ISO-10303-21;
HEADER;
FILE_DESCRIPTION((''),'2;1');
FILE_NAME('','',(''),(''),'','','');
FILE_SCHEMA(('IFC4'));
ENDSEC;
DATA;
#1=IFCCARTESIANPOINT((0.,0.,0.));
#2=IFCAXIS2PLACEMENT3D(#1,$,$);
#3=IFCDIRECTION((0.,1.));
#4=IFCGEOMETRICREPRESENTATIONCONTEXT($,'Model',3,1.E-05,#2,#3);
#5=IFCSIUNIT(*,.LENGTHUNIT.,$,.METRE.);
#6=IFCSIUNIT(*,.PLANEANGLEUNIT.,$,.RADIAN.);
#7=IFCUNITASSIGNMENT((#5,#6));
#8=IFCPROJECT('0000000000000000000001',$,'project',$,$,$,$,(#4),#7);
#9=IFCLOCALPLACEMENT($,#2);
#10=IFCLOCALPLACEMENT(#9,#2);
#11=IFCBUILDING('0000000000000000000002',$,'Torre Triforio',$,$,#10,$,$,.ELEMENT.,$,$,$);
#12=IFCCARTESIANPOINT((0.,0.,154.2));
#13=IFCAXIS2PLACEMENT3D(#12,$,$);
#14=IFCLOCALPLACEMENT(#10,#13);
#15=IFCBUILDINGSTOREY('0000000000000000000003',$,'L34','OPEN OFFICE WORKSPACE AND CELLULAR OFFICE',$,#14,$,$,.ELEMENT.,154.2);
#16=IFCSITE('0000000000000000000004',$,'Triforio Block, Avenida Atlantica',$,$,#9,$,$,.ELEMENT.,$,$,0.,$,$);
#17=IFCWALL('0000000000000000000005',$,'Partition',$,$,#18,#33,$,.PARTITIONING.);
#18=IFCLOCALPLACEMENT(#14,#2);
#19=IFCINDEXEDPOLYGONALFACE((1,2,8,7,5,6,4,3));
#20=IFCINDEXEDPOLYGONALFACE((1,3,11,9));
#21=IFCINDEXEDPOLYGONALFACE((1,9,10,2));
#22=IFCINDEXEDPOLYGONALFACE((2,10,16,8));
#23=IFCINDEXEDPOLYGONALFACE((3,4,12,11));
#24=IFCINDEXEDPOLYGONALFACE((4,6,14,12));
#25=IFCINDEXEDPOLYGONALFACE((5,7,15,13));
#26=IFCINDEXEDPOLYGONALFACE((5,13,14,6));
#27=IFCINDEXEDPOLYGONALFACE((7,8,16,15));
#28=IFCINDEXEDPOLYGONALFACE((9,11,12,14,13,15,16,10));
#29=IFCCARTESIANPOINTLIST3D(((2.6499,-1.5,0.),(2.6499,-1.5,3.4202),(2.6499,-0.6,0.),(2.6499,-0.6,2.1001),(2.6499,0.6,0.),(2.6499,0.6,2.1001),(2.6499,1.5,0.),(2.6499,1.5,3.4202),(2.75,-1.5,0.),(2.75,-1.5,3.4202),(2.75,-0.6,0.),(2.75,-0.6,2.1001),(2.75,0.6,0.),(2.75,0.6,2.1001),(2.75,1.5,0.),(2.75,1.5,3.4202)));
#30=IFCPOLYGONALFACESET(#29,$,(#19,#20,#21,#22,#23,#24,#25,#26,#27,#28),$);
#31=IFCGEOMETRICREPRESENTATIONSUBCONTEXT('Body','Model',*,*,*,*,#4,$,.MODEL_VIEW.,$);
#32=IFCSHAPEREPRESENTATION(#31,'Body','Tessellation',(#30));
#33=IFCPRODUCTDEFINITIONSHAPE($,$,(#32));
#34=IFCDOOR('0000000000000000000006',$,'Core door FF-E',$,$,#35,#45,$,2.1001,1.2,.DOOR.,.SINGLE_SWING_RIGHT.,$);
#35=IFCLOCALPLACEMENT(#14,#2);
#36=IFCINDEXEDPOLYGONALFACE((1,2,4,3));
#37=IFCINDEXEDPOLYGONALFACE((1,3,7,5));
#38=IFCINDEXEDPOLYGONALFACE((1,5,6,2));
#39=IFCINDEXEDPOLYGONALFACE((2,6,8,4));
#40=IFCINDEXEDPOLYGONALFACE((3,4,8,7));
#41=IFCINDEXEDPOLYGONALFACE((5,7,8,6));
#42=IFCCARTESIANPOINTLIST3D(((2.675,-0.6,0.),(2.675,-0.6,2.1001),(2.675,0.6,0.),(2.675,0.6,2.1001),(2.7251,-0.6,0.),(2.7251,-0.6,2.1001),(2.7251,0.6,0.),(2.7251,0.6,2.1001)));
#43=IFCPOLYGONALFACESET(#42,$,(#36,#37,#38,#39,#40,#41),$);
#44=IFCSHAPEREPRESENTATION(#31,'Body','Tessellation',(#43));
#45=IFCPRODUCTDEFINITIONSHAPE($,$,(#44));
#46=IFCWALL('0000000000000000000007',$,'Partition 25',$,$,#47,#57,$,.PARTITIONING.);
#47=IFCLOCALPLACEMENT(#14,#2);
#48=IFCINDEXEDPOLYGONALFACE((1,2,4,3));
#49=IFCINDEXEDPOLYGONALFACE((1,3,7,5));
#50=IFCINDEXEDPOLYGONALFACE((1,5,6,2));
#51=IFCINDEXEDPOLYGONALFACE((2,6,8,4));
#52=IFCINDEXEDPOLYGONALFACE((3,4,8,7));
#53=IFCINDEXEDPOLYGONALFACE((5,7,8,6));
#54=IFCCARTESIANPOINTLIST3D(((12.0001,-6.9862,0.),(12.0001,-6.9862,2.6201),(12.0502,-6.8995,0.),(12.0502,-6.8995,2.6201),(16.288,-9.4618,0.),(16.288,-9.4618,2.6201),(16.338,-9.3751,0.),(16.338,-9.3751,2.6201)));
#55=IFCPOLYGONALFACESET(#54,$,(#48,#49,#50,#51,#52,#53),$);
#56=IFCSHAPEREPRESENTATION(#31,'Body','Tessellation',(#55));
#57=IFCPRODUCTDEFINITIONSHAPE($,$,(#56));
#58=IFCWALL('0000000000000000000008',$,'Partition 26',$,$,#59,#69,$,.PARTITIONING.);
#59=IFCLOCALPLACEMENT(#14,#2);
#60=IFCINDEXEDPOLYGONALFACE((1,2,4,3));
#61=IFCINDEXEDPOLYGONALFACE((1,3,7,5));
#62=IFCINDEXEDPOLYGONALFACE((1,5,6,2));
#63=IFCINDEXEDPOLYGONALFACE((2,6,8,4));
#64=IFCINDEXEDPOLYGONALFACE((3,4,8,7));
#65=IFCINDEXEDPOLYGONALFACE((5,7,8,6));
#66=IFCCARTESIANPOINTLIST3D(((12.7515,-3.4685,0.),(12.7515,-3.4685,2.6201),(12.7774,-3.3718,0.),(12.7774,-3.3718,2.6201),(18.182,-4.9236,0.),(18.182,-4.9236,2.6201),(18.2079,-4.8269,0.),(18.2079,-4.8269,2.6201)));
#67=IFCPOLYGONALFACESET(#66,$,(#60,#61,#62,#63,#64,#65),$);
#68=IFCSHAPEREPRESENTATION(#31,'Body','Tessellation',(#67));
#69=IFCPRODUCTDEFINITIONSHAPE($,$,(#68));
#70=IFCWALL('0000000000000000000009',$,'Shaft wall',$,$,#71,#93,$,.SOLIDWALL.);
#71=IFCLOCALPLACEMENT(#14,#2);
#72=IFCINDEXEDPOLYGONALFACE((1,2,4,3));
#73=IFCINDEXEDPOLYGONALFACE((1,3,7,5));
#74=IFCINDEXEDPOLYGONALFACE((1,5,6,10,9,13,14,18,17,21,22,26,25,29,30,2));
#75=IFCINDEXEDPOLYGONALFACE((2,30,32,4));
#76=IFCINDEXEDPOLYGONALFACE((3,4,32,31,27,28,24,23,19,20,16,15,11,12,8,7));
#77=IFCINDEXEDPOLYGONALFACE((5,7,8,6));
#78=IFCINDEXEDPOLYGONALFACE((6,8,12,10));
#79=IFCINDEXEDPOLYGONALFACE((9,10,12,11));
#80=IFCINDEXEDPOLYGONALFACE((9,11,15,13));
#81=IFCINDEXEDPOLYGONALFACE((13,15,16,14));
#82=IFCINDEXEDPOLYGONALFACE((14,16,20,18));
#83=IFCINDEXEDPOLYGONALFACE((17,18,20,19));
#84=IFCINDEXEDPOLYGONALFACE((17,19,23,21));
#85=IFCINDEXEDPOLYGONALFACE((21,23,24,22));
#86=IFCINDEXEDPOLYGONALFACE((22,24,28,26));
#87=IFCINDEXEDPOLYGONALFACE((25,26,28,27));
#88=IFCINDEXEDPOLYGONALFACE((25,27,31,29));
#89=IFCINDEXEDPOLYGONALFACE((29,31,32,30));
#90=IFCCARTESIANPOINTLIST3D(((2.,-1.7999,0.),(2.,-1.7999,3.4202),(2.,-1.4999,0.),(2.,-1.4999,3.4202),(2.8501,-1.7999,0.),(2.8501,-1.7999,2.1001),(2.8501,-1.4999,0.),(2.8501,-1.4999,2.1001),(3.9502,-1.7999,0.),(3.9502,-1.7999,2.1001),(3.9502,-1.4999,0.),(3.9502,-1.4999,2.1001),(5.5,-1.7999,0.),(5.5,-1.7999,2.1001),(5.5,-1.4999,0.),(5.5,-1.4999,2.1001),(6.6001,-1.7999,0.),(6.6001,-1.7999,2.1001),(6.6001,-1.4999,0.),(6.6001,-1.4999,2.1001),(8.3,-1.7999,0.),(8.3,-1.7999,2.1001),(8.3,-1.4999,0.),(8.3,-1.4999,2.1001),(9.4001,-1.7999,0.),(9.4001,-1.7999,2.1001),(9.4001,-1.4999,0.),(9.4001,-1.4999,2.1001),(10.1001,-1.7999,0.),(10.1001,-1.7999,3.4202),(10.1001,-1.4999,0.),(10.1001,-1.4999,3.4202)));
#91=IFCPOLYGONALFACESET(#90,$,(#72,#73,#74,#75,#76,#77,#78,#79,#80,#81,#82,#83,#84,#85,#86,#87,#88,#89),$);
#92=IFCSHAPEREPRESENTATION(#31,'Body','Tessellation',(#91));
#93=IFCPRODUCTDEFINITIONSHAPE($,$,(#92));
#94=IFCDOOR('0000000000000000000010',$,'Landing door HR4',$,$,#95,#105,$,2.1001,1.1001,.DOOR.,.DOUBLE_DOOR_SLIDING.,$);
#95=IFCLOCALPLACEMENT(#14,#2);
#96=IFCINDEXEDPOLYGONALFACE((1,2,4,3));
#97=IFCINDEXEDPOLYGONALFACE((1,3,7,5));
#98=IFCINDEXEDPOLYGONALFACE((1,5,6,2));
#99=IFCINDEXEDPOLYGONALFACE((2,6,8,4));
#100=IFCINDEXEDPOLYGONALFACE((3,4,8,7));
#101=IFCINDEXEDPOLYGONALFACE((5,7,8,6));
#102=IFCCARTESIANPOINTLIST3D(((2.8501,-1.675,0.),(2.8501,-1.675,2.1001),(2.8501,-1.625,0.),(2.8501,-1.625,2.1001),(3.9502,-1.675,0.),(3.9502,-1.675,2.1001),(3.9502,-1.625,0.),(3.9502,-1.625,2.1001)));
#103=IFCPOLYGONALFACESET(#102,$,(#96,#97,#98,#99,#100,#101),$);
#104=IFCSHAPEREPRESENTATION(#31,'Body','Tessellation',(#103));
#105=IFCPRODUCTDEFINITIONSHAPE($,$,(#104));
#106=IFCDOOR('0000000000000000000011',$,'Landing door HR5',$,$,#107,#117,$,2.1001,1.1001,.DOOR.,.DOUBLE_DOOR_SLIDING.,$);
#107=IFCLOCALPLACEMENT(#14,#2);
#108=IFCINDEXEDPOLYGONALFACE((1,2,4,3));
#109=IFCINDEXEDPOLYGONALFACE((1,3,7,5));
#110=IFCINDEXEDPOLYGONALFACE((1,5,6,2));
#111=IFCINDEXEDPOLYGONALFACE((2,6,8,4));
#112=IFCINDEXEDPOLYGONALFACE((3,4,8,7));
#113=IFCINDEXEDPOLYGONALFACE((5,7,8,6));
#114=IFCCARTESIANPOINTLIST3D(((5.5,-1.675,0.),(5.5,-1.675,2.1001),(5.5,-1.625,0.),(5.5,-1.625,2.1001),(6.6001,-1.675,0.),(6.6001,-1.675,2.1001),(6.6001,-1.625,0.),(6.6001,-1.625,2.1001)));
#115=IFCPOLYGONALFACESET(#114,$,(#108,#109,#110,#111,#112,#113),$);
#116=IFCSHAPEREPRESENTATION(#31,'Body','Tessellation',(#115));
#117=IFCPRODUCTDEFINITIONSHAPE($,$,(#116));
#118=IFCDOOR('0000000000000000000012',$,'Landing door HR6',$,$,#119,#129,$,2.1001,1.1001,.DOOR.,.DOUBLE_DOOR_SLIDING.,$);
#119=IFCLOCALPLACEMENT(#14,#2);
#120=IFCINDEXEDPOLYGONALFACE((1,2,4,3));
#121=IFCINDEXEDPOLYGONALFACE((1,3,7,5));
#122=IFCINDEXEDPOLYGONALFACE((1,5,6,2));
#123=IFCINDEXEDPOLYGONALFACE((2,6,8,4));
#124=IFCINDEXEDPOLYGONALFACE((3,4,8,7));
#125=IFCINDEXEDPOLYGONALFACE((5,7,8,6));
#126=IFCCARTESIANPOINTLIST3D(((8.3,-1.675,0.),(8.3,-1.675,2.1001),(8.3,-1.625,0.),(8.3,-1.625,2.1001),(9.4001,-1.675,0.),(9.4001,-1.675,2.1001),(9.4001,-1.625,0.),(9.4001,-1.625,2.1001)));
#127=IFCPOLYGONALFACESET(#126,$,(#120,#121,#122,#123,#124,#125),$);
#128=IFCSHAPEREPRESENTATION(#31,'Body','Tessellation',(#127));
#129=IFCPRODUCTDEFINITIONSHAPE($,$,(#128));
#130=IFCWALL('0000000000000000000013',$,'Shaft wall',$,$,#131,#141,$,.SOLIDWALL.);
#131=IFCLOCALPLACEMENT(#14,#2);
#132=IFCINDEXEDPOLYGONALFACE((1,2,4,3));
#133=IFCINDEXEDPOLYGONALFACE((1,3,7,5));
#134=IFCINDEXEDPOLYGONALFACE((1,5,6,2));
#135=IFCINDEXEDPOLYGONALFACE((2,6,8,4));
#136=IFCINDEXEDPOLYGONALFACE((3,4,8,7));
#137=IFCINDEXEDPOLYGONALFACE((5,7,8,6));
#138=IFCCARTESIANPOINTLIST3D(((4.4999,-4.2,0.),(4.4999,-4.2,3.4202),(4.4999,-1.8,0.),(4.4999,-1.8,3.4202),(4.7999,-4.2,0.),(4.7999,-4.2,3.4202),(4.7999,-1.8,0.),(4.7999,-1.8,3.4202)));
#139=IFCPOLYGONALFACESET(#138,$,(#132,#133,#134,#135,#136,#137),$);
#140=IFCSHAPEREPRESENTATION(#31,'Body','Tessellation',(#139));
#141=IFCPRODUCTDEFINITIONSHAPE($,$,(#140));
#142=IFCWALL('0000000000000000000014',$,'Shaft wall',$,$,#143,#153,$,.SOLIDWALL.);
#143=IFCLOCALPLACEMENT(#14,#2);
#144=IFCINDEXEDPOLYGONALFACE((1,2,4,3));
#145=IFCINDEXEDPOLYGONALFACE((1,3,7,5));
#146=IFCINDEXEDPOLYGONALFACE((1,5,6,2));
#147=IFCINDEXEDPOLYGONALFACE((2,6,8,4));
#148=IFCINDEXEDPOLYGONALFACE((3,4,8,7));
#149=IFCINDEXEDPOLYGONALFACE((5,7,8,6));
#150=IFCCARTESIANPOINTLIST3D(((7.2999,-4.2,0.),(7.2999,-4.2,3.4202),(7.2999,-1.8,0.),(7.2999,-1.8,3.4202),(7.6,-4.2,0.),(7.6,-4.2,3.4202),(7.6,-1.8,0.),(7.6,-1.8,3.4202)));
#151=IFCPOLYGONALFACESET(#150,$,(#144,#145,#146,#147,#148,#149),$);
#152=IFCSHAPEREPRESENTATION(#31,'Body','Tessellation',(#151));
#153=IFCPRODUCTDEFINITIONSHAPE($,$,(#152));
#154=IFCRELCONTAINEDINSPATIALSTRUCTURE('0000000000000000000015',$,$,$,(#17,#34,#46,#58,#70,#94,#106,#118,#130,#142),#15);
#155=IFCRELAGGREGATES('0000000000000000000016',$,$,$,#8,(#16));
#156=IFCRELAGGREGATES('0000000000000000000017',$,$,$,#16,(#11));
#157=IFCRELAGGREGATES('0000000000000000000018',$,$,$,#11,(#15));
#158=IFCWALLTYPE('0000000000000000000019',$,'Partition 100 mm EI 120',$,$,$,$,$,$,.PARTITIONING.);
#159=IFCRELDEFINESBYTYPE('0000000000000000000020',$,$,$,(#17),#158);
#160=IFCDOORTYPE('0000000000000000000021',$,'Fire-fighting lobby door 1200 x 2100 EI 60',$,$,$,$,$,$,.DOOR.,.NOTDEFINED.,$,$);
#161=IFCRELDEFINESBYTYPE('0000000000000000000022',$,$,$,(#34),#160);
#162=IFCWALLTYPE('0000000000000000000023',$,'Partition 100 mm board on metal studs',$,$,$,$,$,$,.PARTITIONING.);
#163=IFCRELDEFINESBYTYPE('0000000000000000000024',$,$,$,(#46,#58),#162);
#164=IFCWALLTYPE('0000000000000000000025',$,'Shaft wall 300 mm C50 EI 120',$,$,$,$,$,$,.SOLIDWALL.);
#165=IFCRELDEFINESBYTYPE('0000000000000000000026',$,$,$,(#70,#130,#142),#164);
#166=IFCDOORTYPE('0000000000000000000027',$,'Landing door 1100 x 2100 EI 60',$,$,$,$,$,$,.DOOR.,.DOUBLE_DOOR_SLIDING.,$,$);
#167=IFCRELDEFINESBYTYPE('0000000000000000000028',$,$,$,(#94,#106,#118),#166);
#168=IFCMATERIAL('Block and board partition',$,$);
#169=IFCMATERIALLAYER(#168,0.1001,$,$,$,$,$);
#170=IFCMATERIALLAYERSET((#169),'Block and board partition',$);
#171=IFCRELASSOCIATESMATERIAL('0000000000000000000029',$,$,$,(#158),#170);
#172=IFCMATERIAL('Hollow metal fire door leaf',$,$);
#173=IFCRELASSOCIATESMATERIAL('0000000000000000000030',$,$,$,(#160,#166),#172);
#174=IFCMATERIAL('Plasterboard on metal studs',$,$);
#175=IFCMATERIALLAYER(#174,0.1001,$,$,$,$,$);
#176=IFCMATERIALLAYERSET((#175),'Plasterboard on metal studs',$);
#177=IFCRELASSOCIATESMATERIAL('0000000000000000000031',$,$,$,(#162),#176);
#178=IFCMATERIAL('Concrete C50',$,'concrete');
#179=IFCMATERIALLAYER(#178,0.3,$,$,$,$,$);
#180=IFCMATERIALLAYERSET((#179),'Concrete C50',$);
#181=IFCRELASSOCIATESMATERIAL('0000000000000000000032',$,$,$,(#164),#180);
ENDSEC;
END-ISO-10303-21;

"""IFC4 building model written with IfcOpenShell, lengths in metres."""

from ifc_helpers import new_model, si_unit, direction, frame, frame_2d, origin, place, context, subcontext, project, spatial, rectangle, extrude, material, layer, layer_set, type_object, element, fill, save


model = new_model("IFC4")

# Units and contexts
model_context = context("Model", 3, precision=1e-05, world=origin(), true_north=direction((0.0, 1.0)))
body_context = subcontext(model_context, "Body", "Model", "MODEL_VIEW")
ifc_project = project(units=[si_unit("LENGTHUNIT", "METRE"), si_unit("PLANEANGLEUNIT", "RADIAN")], contexts=[model_context])

# Site, building, storey
site_placement = place(None, origin())
site = spatial("IfcSite", under=ifc_project, at=site_placement, Name="Triforio Block, Avenida Atlantica", CompositionType="ELEMENT", RefElevation=0.0)
building_placement = place(site_placement, origin())
building = spatial("IfcBuilding", under=site, at=building_placement, Name="Torre Triforio", CompositionType="ELEMENT")
storey_placement = place(building_placement, frame((0.0, 0.0, 154.2)))
storey = spatial("IfcBuildingStorey", under=building, at=storey_placement, Name="L34", Description="OPEN OFFICE WORKSPACE AND CELLULAR OFFICE", CompositionType="ELEMENT", Elevation=154.2)

# Shared definitions
ifc_material_1 = material(Name="Concrete C50", Category="concrete")

# Wall, opening, door
ifc_material_2 = material(Name="Hollow metal fire door leaf")
ifc_material_3 = material(Name="Plasterboard on metal studs")
ifc_material_4 = material(Name="Block and board partition")
ifc_layer_1 = layer(ifc_material_4, 0.1001)
ifc_layer_set_1 = layer_set([ifc_layer_1], Name="Block and board partition")
wall_type_1 = type_object("IfcWallType", Name="Partition 100 mm EI 120", PredefinedType="PARTITIONING", material=ifc_layer_set_1)
wall_1_placement = place(storey_placement, frame((2.7, -1.5, 0.0), z_axis=(0.0, 0.0, 1.0), x_axis=(0.0, 1.0, 0.0)))
wall_1 = element("IfcWall", 1, at=wall_1_placement, inside=storey, type_object=wall_type_1, Name="Partition", PredefinedType="PARTITIONING", context=body_context, shape_type="SweptSolid", body=[
    extrude(rectangle(XDim=3.0, YDim=0.1001, at=frame_2d((1.5, 0.0))), origin(), (0.0, 0.0, 1.0), 3.4202),
])
opening_1_placement = place(wall_1_placement, frame((0.8999, 0.0, 0.0)))
opening_1 = element("IfcOpeningElement", 2, at=opening_1_placement, cuts=wall_1, PredefinedType="OPENING", context=body_context, shape_type="SweptSolid", body=[
    extrude(rectangle(XDim=1.2, YDim=2.1001, at=frame_2d((0.6001, 1.05))), frame((0.0, 0.0601, 0.0), z_axis=(0.0, -1.0, 0.0), x_axis=(1.0, 0.0, 0.0)), (0.0, 0.0, 1.0), 0.1201),
])
door_type_1 = type_object("IfcDoorType", Name="Fire-fighting lobby door 1200 x 2100 EI 60", OperationType="NOTDEFINED", PredefinedType="DOOR", material=ifc_material_2)
door_1_placement = place(opening_1_placement, origin())
door_1 = element("IfcDoor", 3, at=door_1_placement, inside=storey, type_object=door_type_1, Name="Core door FF-E", OperationType="SINGLE_SWING_RIGHT", OverallHeight=2.1001, OverallWidth=1.2, PredefinedType="DOOR", context=body_context, shape_type="SweptSolid", body=[
    extrude(rectangle(XDim=1.2, YDim=2.1001, at=frame_2d((0.6001, 1.05))), frame((0.0, 0.0249, 0.0), z_axis=(0.0, -1.0, 0.0), x_axis=(1.0, 0.0, 0.0)), (0.0, 0.0, 1.0), 0.05),
])
fill(opening_1, door_1)

# Walls
ifc_layer_2 = layer(ifc_material_3, 0.1001)
ifc_layer_set_2 = layer_set([ifc_layer_2], Name="Plasterboard on metal studs")
wall_type_2 = type_object("IfcWallType", Name="Partition 100 mm board on metal studs", PredefinedType="PARTITIONING", material=ifc_layer_set_2)
wall_2_placement = place(storey_placement, frame((12.0251, -6.9429, 0.0), z_axis=(0.0, 0.0, 1.0), x_axis=(0.866025, -0.5, 0.0)))
element("IfcWall", 4, at=wall_2_placement, inside=storey, type_object=wall_type_2, Name="Partition 25", PredefinedType="PARTITIONING", context=body_context, shape_type="SweptSolid", body=[
    extrude(rectangle(XDim=4.9512, YDim=0.1001, at=frame_2d((2.4756, 0.0))), origin(), (0.0, 0.0, 1.0), 2.6201),
])
wall_3_placement = place(storey_placement, frame((12.7644, -3.4202, 0.0), z_axis=(0.0, 0.0, 1.0), x_axis=(0.965926, -0.258819, 0.0)))
element("IfcWall", 5, at=wall_3_placement, inside=storey, type_object=wall_type_2, Name="Partition 26", PredefinedType="PARTITIONING", context=body_context, shape_type="SweptSolid", body=[
    extrude(rectangle(XDim=5.6221, YDim=0.1001, at=frame_2d((2.811, 0.0))), origin(), (0.0, 0.0, 1.0), 2.6201),
])

# Wall, openings, doors
ifc_layer_3 = layer(ifc_material_1, 0.3)
ifc_layer_set_3 = layer_set([ifc_layer_3], Name="Concrete C50")
wall_type_3 = type_object("IfcWallType", Name="Shaft wall 300 mm C50 EI 120", PredefinedType="SOLIDWALL", material=ifc_layer_set_3)
wall_4_placement = place(storey_placement, frame((2.0, -1.6499, 0.0), z_axis=(0.0, 0.0, 1.0), x_axis=(1.0, 0.0, 0.0)))
wall_4 = element("IfcWall", 6, at=wall_4_placement, inside=storey, type_object=wall_type_3, Name="Shaft wall", PredefinedType="SOLIDWALL", context=body_context, shape_type="SweptSolid", body=[
    extrude(rectangle(XDim=8.1001, YDim=0.3, at=frame_2d((4.05, 0.0))), origin(), (0.0, 0.0, 1.0), 3.4202),
])
opening_2_placement = place(wall_4_placement, frame((0.8501, 0.0, 0.0)))
opening_2 = element("IfcOpeningElement", 7, at=opening_2_placement, cuts=wall_4, PredefinedType="OPENING", context=body_context, shape_type="SweptSolid", body=[
    extrude(rectangle(XDim=1.1001, YDim=2.1001, at=frame_2d((0.55, 1.05))), frame((0.0, 0.1599, 0.0), z_axis=(0.0, -1.0, 0.0), x_axis=(1.0, 0.0, 0.0)), (0.0, 0.0, 1.0), 0.3201),
])
opening_3_placement = place(wall_4_placement, frame((3.5, 0.0, 0.0)))
opening_3 = element("IfcOpeningElement", 8, at=opening_3_placement, cuts=wall_4, PredefinedType="OPENING", context=body_context, shape_type="SweptSolid", body=[
    extrude(rectangle(XDim=1.1001, YDim=2.1001, at=frame_2d((0.55, 1.05))), frame((0.0, 0.1599, 0.0), z_axis=(0.0, -1.0, 0.0), x_axis=(1.0, 0.0, 0.0)), (0.0, 0.0, 1.0), 0.3201),
])
opening_4_placement = place(wall_4_placement, frame((6.3, 0.0, 0.0)))
opening_4 = element("IfcOpeningElement", 9, at=opening_4_placement, cuts=wall_4, PredefinedType="OPENING", context=body_context, shape_type="SweptSolid", body=[
    extrude(rectangle(XDim=1.1001, YDim=2.1001, at=frame_2d((0.55, 1.05))), frame((0.0, 0.1599, 0.0), z_axis=(0.0, -1.0, 0.0), x_axis=(1.0, 0.0, 0.0)), (0.0, 0.0, 1.0), 0.3201),
])
door_type_2 = type_object("IfcDoorType", Name="Landing door 1100 x 2100 EI 60", OperationType="DOUBLE_DOOR_SLIDING", PredefinedType="DOOR", material=ifc_material_2)
door_2_placement = place(opening_2_placement, origin())
door_2 = element("IfcDoor", 10, at=door_2_placement, inside=storey, type_object=door_type_2, Name="Landing door HR4", OperationType="DOUBLE_DOOR_SLIDING", OverallHeight=2.1001, OverallWidth=1.1001, PredefinedType="DOOR", context=body_context, shape_type="SweptSolid", body=[
    extrude(rectangle(XDim=1.1001, YDim=2.1001, at=frame_2d((0.55, 1.05))), frame((0.0, 0.0249, 0.0), z_axis=(0.0, -1.0, 0.0), x_axis=(1.0, 0.0, 0.0)), (0.0, 0.0, 1.0), 0.05),
])
fill(opening_2, door_2)
door_3_placement = place(opening_3_placement, origin())
door_3 = element("IfcDoor", 11, at=door_3_placement, inside=storey, type_object=door_type_2, Name="Landing door HR5", OperationType="DOUBLE_DOOR_SLIDING", OverallHeight=2.1001, OverallWidth=1.1001, PredefinedType="DOOR", context=body_context, shape_type="SweptSolid", body=[
    extrude(rectangle(XDim=1.1001, YDim=2.1001, at=frame_2d((0.55, 1.05))), frame((0.0, 0.0249, 0.0), z_axis=(0.0, -1.0, 0.0), x_axis=(1.0, 0.0, 0.0)), (0.0, 0.0, 1.0), 0.05),
])
fill(opening_3, door_3)
door_4_placement = place(opening_4_placement, origin())
door_4 = element("IfcDoor", 12, at=door_4_placement, inside=storey, type_object=door_type_2, Name="Landing door HR6", OperationType="DOUBLE_DOOR_SLIDING", OverallHeight=2.1001, OverallWidth=1.1001, PredefinedType="DOOR", context=body_context, shape_type="SweptSolid", body=[
    extrude(rectangle(XDim=1.1001, YDim=2.1001, at=frame_2d((0.55, 1.05))), frame((0.0, 0.0249, 0.0), z_axis=(0.0, -1.0, 0.0), x_axis=(1.0, 0.0, 0.0)), (0.0, 0.0, 1.0), 0.05),
])
fill(opening_4, door_4)

# Walls
for number, where, z_axis, x_axis, name in (
    (13, (4.6499, -4.2, 0.0), (0.0, 0.0, 1.0), (0.0, 1.0, 0.0), "Shaft wall"),
    (14, (7.45, -4.2, 0.0), (0.0, 0.0, 1.0), (0.0, 1.0, 0.0), "Shaft wall"),
):
    element("IfcWall", number, at=place(storey_placement, frame(where, z_axis=z_axis, x_axis=x_axis)), inside=storey, type_object=wall_type_3, Name=name, PredefinedType="SOLIDWALL", context=body_context, shape_type="SweptSolid", body=[
        extrude(rectangle(XDim=2.3999, YDim=0.3, at=frame_2d((1.2, 0.0))), origin(), (0.0, 0.0, 1.0), 3.4202),
    ])

save(model, "model.ifc")
